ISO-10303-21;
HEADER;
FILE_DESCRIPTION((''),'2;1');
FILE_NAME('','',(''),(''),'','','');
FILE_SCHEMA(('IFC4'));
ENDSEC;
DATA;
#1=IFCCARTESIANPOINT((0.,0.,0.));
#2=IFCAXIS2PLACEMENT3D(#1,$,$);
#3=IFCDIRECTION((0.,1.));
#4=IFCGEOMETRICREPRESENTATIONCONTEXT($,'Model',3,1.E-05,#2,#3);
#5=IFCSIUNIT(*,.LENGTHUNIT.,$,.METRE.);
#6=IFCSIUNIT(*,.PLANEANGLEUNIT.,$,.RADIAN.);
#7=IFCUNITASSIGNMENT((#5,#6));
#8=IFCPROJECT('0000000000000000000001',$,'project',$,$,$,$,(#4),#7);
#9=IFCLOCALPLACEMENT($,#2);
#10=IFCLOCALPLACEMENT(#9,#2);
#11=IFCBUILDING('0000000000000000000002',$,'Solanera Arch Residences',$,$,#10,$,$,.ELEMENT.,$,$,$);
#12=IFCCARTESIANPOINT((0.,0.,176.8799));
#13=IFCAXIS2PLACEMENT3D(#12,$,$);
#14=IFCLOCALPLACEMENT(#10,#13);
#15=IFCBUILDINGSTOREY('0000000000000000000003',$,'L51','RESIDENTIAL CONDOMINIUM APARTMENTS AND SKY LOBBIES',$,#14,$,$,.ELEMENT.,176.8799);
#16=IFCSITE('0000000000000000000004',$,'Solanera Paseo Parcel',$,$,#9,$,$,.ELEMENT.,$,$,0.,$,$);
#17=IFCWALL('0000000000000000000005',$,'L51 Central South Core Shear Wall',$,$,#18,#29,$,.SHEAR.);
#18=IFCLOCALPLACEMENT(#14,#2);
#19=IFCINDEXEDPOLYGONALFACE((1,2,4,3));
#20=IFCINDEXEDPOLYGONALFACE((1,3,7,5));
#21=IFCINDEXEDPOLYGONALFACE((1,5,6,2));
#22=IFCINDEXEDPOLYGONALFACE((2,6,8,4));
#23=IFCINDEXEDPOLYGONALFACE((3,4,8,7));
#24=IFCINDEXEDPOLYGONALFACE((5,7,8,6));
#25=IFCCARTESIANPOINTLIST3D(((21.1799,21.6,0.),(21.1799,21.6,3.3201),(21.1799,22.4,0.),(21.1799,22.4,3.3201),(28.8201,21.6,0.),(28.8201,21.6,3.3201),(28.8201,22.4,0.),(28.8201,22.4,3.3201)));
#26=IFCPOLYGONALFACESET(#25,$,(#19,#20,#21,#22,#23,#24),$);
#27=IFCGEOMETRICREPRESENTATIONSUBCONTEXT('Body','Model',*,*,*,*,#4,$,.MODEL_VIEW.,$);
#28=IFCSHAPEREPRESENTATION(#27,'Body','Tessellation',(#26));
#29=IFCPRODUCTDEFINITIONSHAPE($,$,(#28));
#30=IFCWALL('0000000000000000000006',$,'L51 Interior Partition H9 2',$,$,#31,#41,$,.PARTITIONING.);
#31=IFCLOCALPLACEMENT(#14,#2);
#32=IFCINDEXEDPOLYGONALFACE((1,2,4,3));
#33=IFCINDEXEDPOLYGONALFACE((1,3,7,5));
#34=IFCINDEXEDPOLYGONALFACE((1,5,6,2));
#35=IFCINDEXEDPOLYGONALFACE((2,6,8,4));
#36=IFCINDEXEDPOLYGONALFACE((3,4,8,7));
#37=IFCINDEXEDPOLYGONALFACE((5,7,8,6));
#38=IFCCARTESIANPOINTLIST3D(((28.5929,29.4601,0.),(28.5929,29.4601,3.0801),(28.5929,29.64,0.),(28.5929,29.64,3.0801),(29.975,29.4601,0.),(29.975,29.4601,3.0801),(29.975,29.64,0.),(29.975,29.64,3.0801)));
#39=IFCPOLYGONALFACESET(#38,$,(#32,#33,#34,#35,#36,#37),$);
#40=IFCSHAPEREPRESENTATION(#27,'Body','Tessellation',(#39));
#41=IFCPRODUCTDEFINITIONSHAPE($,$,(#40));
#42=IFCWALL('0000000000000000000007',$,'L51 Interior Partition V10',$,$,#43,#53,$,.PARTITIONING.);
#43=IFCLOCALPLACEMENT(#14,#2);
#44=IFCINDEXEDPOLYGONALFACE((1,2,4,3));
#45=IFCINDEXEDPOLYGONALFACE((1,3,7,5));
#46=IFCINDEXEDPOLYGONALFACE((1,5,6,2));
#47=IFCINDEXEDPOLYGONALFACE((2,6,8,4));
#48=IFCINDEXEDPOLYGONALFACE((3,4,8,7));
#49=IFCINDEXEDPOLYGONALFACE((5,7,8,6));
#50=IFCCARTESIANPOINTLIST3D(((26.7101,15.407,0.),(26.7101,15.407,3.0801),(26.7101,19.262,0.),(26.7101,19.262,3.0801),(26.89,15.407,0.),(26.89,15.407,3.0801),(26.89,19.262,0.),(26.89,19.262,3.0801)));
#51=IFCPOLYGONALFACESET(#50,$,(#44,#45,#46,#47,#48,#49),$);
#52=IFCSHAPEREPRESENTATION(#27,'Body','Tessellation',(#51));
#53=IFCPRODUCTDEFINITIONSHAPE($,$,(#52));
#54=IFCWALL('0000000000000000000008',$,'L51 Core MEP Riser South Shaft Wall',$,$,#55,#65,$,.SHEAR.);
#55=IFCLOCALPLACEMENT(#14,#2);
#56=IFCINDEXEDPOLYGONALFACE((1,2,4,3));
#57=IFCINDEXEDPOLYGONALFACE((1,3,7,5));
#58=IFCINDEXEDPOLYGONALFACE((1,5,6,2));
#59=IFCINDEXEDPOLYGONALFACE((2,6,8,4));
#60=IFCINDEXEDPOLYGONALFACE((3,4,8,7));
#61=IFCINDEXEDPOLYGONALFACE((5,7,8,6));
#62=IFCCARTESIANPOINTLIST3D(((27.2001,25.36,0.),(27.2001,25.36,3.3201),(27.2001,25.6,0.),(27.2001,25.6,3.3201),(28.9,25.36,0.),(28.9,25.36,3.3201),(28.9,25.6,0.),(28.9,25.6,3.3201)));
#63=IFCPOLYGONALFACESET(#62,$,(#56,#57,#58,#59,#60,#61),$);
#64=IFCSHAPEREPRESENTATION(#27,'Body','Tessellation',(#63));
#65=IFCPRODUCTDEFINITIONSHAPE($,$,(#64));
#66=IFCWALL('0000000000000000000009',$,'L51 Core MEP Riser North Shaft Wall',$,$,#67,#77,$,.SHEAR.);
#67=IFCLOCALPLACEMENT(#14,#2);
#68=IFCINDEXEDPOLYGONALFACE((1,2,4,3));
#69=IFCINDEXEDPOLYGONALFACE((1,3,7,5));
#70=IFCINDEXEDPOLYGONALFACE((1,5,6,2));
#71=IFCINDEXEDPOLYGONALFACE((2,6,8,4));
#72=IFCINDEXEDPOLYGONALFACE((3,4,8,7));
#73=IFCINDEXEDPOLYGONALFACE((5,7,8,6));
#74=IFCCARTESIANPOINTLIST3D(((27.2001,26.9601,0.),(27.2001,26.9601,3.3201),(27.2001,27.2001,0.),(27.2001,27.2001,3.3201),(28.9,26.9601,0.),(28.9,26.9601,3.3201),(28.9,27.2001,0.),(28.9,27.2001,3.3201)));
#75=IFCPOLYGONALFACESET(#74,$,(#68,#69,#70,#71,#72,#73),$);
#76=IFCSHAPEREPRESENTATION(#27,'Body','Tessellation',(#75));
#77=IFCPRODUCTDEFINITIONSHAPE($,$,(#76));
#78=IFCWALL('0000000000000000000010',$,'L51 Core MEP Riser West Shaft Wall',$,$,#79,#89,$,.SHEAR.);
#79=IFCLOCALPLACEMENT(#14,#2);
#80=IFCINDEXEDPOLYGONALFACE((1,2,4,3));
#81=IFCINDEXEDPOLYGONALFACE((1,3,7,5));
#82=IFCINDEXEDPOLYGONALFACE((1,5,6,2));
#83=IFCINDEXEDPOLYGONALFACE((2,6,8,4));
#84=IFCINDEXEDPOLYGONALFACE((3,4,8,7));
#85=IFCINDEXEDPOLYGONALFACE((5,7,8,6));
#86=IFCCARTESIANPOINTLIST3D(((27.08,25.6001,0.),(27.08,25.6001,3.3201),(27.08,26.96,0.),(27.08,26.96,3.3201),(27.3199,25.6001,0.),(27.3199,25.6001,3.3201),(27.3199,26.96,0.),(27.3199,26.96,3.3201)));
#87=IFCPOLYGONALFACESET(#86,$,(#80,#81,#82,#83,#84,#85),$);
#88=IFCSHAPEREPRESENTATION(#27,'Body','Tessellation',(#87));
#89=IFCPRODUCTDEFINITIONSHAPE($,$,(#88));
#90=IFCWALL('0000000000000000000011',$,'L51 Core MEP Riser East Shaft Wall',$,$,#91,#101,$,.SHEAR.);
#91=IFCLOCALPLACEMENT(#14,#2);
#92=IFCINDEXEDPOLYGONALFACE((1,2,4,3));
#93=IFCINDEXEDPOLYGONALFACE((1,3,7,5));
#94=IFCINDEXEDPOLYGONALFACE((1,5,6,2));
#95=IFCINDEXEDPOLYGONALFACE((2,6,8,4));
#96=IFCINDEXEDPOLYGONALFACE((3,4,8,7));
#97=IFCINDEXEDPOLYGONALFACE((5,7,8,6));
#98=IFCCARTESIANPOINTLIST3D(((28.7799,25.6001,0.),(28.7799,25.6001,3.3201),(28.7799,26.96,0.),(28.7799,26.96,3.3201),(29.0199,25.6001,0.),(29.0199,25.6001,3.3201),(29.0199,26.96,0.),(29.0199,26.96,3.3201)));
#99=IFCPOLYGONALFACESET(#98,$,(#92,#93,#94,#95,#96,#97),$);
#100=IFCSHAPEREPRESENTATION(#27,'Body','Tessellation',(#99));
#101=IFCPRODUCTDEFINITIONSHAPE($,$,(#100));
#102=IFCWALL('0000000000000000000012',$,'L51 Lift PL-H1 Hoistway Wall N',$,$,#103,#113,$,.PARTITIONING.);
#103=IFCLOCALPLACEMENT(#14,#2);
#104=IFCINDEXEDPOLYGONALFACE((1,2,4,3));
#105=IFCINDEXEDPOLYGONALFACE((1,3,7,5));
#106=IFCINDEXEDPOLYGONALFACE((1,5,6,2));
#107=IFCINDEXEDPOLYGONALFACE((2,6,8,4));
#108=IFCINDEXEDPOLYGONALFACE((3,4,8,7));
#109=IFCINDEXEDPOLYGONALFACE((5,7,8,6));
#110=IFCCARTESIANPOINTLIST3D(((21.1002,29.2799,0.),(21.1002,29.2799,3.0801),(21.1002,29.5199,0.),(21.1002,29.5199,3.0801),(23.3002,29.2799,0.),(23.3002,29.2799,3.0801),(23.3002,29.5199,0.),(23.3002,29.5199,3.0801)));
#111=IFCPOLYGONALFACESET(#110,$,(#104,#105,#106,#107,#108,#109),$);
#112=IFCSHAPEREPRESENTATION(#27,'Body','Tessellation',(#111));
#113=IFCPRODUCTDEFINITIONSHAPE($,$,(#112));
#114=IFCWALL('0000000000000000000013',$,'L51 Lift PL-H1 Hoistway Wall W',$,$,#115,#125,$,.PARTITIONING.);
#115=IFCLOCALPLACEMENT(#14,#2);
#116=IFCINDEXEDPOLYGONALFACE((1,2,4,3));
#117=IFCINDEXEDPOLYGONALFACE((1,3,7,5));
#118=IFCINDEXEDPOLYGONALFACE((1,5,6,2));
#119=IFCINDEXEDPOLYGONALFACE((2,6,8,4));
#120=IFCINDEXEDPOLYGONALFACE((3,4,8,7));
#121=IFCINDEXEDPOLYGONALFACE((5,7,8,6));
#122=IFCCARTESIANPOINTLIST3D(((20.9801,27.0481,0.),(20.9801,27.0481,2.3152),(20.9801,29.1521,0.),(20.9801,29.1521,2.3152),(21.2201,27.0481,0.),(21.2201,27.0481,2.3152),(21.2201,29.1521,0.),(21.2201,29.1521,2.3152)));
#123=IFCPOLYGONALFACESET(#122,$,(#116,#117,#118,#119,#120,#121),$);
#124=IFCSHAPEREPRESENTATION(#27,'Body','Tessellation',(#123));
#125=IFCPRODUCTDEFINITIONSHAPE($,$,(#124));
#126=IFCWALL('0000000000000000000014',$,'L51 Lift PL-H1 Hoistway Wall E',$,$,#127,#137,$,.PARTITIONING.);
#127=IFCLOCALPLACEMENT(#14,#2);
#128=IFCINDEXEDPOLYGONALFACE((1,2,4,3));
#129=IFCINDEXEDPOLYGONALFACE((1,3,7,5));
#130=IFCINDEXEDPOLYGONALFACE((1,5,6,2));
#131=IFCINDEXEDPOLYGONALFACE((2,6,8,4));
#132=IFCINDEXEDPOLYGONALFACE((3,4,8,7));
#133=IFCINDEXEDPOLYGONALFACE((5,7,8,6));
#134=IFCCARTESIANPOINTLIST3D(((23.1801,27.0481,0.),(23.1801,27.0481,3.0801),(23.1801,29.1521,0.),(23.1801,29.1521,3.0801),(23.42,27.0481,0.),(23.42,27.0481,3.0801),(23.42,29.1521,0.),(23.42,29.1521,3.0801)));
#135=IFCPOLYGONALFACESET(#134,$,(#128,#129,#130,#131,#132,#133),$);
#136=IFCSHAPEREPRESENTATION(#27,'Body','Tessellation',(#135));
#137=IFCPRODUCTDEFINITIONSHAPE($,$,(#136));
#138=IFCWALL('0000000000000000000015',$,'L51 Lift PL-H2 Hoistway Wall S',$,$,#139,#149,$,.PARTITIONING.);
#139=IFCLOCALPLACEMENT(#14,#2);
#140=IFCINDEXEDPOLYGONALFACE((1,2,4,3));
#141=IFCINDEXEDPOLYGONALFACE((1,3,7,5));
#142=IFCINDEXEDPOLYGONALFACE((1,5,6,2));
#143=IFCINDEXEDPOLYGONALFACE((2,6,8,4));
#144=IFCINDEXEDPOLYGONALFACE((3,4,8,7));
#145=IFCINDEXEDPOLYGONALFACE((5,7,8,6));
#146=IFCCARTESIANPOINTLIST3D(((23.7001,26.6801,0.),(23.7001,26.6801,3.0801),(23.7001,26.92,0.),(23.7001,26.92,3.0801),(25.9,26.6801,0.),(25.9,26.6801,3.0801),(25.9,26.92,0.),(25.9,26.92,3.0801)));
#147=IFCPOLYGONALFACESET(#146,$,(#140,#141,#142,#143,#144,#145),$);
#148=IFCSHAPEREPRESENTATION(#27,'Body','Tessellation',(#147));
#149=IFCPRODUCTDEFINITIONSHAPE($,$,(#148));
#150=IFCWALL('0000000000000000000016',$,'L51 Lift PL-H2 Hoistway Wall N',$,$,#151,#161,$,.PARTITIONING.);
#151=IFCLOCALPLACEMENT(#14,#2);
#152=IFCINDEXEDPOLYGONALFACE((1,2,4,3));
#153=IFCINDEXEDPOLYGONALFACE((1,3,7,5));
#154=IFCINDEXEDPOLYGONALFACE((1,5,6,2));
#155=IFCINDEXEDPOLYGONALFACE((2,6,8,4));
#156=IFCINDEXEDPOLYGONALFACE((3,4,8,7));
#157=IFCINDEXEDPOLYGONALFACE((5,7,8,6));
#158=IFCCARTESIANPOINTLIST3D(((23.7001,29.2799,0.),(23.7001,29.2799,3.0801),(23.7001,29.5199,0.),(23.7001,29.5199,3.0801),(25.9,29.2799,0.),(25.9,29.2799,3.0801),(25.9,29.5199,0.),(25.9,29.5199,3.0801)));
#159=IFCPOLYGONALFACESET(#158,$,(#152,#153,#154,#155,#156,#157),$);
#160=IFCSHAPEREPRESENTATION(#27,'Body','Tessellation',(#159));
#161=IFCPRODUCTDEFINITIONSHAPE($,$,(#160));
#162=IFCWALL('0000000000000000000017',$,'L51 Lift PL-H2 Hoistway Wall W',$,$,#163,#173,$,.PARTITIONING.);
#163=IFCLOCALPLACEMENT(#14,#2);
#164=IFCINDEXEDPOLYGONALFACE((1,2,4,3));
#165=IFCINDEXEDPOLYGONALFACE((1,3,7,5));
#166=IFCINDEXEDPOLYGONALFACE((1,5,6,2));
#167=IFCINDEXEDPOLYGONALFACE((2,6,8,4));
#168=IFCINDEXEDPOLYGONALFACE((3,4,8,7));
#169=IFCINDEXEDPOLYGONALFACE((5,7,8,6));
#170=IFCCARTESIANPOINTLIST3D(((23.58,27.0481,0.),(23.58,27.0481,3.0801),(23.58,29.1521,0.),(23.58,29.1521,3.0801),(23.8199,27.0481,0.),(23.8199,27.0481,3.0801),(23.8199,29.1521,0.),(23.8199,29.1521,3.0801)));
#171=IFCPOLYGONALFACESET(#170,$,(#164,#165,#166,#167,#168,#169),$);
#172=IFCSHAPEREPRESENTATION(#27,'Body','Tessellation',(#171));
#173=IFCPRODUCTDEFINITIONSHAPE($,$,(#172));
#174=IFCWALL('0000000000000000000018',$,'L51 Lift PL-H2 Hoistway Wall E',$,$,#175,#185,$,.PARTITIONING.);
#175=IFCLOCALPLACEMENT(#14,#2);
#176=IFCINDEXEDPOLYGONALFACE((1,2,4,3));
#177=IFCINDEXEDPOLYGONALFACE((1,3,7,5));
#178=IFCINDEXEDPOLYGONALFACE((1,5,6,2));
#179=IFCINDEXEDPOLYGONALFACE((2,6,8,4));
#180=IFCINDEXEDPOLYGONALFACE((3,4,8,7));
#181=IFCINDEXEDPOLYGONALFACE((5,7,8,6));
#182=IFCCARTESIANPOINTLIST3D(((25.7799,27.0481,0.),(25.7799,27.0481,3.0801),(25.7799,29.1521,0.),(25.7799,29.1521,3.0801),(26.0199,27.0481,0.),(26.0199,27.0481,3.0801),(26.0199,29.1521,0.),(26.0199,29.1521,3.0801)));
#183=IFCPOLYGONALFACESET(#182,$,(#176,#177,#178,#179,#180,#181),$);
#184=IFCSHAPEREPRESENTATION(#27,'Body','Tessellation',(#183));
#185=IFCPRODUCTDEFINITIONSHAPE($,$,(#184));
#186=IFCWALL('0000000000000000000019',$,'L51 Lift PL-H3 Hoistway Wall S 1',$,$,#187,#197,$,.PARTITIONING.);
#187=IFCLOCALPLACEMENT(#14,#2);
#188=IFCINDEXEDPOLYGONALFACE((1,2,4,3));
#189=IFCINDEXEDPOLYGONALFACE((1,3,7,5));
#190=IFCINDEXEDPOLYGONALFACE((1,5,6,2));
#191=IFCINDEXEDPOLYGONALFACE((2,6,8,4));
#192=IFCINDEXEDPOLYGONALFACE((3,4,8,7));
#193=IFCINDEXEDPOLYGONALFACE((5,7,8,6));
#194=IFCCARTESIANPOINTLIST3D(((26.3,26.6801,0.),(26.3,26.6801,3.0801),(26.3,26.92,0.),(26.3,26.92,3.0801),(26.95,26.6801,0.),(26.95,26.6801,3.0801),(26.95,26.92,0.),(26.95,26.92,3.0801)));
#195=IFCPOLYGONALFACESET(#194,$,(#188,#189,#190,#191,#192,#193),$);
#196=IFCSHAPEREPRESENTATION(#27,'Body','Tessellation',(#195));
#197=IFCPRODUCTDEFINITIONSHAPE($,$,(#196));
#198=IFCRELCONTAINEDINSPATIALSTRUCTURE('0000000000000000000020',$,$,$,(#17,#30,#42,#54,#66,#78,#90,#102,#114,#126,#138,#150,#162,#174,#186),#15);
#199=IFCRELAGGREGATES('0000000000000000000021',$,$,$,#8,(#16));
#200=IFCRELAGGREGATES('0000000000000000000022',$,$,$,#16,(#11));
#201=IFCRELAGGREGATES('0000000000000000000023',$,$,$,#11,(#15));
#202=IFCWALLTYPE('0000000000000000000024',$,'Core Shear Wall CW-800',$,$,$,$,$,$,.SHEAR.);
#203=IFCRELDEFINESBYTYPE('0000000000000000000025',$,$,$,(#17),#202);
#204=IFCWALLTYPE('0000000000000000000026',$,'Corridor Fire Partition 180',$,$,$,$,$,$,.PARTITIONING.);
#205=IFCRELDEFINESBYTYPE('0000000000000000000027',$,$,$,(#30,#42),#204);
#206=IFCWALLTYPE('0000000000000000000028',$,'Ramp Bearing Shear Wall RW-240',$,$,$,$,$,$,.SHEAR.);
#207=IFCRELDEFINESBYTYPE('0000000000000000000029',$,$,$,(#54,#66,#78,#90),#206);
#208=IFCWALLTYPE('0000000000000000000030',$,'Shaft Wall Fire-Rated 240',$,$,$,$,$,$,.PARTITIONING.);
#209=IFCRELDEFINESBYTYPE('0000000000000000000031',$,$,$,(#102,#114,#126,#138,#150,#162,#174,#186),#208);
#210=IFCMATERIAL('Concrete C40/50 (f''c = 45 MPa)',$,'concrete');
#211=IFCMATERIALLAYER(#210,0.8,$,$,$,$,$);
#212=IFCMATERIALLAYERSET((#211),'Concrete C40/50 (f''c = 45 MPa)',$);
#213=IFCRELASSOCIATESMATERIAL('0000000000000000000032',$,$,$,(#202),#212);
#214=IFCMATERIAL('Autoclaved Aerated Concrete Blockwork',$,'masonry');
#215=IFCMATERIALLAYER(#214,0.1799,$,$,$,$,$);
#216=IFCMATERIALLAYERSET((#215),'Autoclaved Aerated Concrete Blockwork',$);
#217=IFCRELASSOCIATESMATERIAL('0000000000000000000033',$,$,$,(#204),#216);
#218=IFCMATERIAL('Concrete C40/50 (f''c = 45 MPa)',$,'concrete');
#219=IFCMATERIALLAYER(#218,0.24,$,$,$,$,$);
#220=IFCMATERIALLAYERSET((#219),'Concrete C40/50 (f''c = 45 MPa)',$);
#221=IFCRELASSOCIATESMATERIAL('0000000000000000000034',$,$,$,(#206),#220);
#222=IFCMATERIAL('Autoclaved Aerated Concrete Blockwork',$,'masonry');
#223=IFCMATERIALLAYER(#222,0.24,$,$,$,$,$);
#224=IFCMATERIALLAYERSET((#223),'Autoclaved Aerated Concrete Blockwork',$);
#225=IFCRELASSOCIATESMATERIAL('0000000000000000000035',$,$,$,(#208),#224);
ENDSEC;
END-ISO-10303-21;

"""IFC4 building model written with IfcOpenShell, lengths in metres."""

from ifc_helpers import new_model, si_unit, direction, frame, frame_2d, origin, place, context, subcontext, project, spatial, rectangle, extrude, material, layer, layer_set, type_object, element, save


model = new_model("IFC4")

# Units and contexts
model_context = context("Model", 3, precision=1e-05, world=origin(), true_north=direction((0.0, 1.0)))
body_context = subcontext(model_context, "Body", "Model", "MODEL_VIEW")
ifc_project = project(units=[si_unit("LENGTHUNIT", "METRE"), si_unit("PLANEANGLEUNIT", "RADIAN")], contexts=[model_context])

# Site, building, storey
site_placement = place(None, origin())
site = spatial("IfcSite", under=ifc_project, at=site_placement, Name="Solanera Paseo Parcel", CompositionType="ELEMENT", RefElevation=0.0)
building_placement = place(site_placement, origin())
building = spatial("IfcBuilding", under=site, at=building_placement, Name="Solanera Arch Residences", CompositionType="ELEMENT")
storey_placement = place(building_placement, frame((0.0, 0.0, 176.8799)))
storey = spatial("IfcBuildingStorey", under=building, at=storey_placement, Name="L51", Description="RESIDENTIAL CONDOMINIUM APARTMENTS AND SKY LOBBIES", CompositionType="ELEMENT", Elevation=176.8799)

# Walls
ifc_material_1 = material(Name="Concrete C40/50 (f'c = 45 MPa)", Category="concrete")
ifc_layer_1 = layer(ifc_material_1, 0.8)
ifc_layer_set_1 = layer_set([ifc_layer_1], Name="Concrete C40/50 (f'c = 45 MPa)")
wall_type_1 = type_object("IfcWallType", Name="Core Shear Wall CW-800", PredefinedType="SHEAR", material=ifc_layer_set_1)
wall_1_placement = place(storey_placement, frame((21.1799, 22.0, 0.0), z_axis=(0.0, 0.0, 1.0), x_axis=(1.0, 0.0, 0.0)))
element("IfcWall", 1, at=wall_1_placement, inside=storey, type_object=wall_type_1, Name="L51 Central South Core Shear Wall", PredefinedType="SHEAR", context=body_context, shape_type="SweptSolid", body=[
    extrude(rectangle(XDim=7.6401, YDim=0.8, at=frame_2d((3.8201, 0.0))), origin(), (0.0, 0.0, 1.0), 3.3201),
])
ifc_material_2 = material(Name="Autoclaved Aerated Concrete Blockwork", Category="masonry")
ifc_layer_2 = layer(ifc_material_2, 0.1799)
ifc_layer_set_2 = layer_set([ifc_layer_2], Name="Autoclaved Aerated Concrete Blockwork")
wall_type_2 = type_object("IfcWallType", Name="Corridor Fire Partition 180", PredefinedType="PARTITIONING", material=ifc_layer_set_2)
wall_2_placement = place(storey_placement, frame((28.593, 29.55, 0.0), z_axis=(0.0, 0.0, 1.0), x_axis=(1.0, 0.0, 0.0)))
element("IfcWall", 2, at=wall_2_placement, inside=storey, type_object=wall_type_2, Name="L51 Interior Partition H9 2", PredefinedType="PARTITIONING", context=body_context, shape_type="SweptSolid", body=[
    extrude(rectangle(XDim=1.3821, YDim=0.1799, at=frame_2d((0.6909, 0.0))), origin(), (0.0, 0.0, 1.0), 3.0801),
])
wall_3_placement = place(storey_placement, frame((26.8, 15.407, 0.0), z_axis=(0.0, 0.0, 1.0), x_axis=(0.0, 1.0, 0.0)))
element("IfcWall", 3, at=wall_3_placement, inside=storey, type_object=wall_type_2, Name="L51 Interior Partition V10", PredefinedType="PARTITIONING", context=body_context, shape_type="SweptSolid", body=[
    extrude(rectangle(XDim=3.855, YDim=0.1799, at=frame_2d((1.9275, 0.0))), origin(), (0.0, 0.0, 1.0), 3.0801),
])
ifc_material_3 = material(Name="Concrete C40/50 (f'c = 45 MPa)", Category="concrete")
ifc_layer_3 = layer(ifc_material_3, 0.24)
ifc_layer_set_3 = layer_set([ifc_layer_3], Name="Concrete C40/50 (f'c = 45 MPa)")
wall_type_3 = type_object("IfcWallType", Name="Ramp Bearing Shear Wall RW-240", PredefinedType="SHEAR", material=ifc_layer_set_3)
for number, where, z_axis, x_axis, name in (
    (4, (27.2, 25.48, 0.0), (0.0, 0.0, 1.0), (1.0, 0.0, 0.0), "L51 Core MEP Riser South Shaft Wall"),
    (5, (27.2, 27.0801, 0.0), (0.0, 0.0, 1.0), (1.0, 0.0, 0.0), "L51 Core MEP Riser North Shaft Wall"),
):
    element("IfcWall", number, at=place(storey_placement, frame(where, z_axis=z_axis, x_axis=x_axis)), inside=storey, type_object=wall_type_3, Name=name, PredefinedType="SHEAR", context=body_context, shape_type="SweptSolid", body=[
        extrude(rectangle(XDim=1.7, YDim=0.24, at=frame_2d((0.8501, 0.0))), origin(), (0.0, 0.0, 1.0), 3.3201),
    ])
for number, where, z_axis, x_axis, name in (
    (6, (27.2, 25.6001, 0.0), (0.0, 0.0, 1.0), (0.0, 1.0, 0.0), "L51 Core MEP Riser West Shaft Wall"),
    (7, (28.8999, 25.6001, 0.0), (0.0, 0.0, 1.0), (0.0, 1.0, 0.0), "L51 Core MEP Riser East Shaft Wall"),
):
    element("IfcWall", number, at=place(storey_placement, frame(where, z_axis=z_axis, x_axis=x_axis)), inside=storey, type_object=wall_type_3, Name=name, PredefinedType="SHEAR", context=body_context, shape_type="SweptSolid", body=[
        extrude(rectangle(XDim=1.3599, YDim=0.24, at=frame_2d((0.6799, 0.0))), origin(), (0.0, 0.0, 1.0), 3.3201),
    ])
ifc_material_4 = material(Name="Autoclaved Aerated Concrete Blockwork", Category="masonry")
ifc_layer_4 = layer(ifc_material_4, 0.24)
ifc_layer_set_4 = layer_set([ifc_layer_4], Name="Autoclaved Aerated Concrete Blockwork")
wall_type_4 = type_object("IfcWallType", Name="Shaft Wall Fire-Rated 240", PredefinedType="PARTITIONING", material=ifc_layer_set_4)
wall_4_placement = place(storey_placement, frame((21.1001, 29.3999, 0.0), z_axis=(0.0, 0.0, 1.0), x_axis=(1.0, 0.0, 0.0)))
element("IfcWall", 8, at=wall_4_placement, inside=storey, type_object=wall_type_4, Name="L51 Lift PL-H1 Hoistway Wall N", PredefinedType="PARTITIONING", context=body_context, shape_type="SweptSolid", body=[
    extrude(rectangle(XDim=2.2, YDim=0.24, at=frame_2d((1.1001, 0.0))), origin(), (0.0, 0.0, 1.0), 3.0801),
])
wall_5_placement = place(storey_placement, frame((21.1001, 27.0481, 0.0), z_axis=(0.0, 0.0, 1.0), x_axis=(0.0, 1.0, 0.0)))
element("IfcWall", 9, at=wall_5_placement, inside=storey, type_object=wall_type_4, Name="L51 Lift PL-H1 Hoistway Wall W", PredefinedType="PARTITIONING", context=body_context, shape_type="SweptSolid", body=[
    extrude(rectangle(XDim=2.104, YDim=0.24, at=frame_2d((1.052, 0.0))), origin(), (0.0, 0.0, 1.0), 2.3152),
])
wall_6_placement = place(storey_placement, frame((23.3, 27.0481, 0.0), z_axis=(0.0, 0.0, 1.0), x_axis=(0.0, 1.0, 0.0)))
element("IfcWall", 10, at=wall_6_placement, inside=storey, type_object=wall_type_4, Name="L51 Lift PL-H1 Hoistway Wall E", PredefinedType="PARTITIONING", context=body_context, shape_type="SweptSolid", body=[
    extrude(rectangle(XDim=2.104, YDim=0.24, at=frame_2d((1.052, 0.0))), origin(), (0.0, 0.0, 1.0), 3.0801),
])
for number, where, z_axis, x_axis, name in (
    (11, (23.7, 26.8, 0.0), (0.0, 0.0, 1.0), (1.0, 0.0, 0.0), "L51 Lift PL-H2 Hoistway Wall S"),
    (12, (23.7, 29.3999, 0.0), (0.0, 0.0, 1.0), (1.0, 0.0, 0.0), "L51 Lift PL-H2 Hoistway Wall N"),
):
    element("IfcWall", number, at=place(storey_placement, frame(where, z_axis=z_axis, x_axis=x_axis)), inside=storey, type_object=wall_type_4, Name=name, PredefinedType="PARTITIONING", context=body_context, shape_type="SweptSolid", body=[
        extrude(rectangle(XDim=2.2, YDim=0.24, at=frame_2d((1.1001, 0.0))), origin(), (0.0, 0.0, 1.0), 3.0801),
    ])
for number, where, z_axis, x_axis, name in (
    (13, (23.7, 27.0481, 0.0), (0.0, 0.0, 1.0), (0.0, 1.0, 0.0), "L51 Lift PL-H2 Hoistway Wall W"),
    (14, (25.8999, 27.0481, 0.0), (0.0, 0.0, 1.0), (0.0, 1.0, 0.0), "L51 Lift PL-H2 Hoistway Wall E"),
):
    element("IfcWall", number, at=place(storey_placement, frame(where, z_axis=z_axis, x_axis=x_axis)), inside=storey, type_object=wall_type_4, Name=name, PredefinedType="PARTITIONING", context=body_context, shape_type="SweptSolid", body=[
        extrude(rectangle(XDim=2.104, YDim=0.24, at=frame_2d((1.052, 0.0))), origin(), (0.0, 0.0, 1.0), 3.0801),
    ])
wall_7_placement = place(storey_placement, frame((26.3, 26.8, 0.0), z_axis=(0.0, 0.0, 1.0), x_axis=(1.0, 0.0, 0.0)))
element("IfcWall", 15, at=wall_7_placement, inside=storey, type_object=wall_type_4, Name="L51 Lift PL-H3 Hoistway Wall S 1", PredefinedType="PARTITIONING", context=body_context, shape_type="SweptSolid", body=[
    extrude(rectangle(XDim=0.6499, YDim=0.24, at=frame_2d((0.325, 0.0))), origin(), (0.0, 0.0, 1.0), 3.0801),
])

save(model, "model.ifc")
